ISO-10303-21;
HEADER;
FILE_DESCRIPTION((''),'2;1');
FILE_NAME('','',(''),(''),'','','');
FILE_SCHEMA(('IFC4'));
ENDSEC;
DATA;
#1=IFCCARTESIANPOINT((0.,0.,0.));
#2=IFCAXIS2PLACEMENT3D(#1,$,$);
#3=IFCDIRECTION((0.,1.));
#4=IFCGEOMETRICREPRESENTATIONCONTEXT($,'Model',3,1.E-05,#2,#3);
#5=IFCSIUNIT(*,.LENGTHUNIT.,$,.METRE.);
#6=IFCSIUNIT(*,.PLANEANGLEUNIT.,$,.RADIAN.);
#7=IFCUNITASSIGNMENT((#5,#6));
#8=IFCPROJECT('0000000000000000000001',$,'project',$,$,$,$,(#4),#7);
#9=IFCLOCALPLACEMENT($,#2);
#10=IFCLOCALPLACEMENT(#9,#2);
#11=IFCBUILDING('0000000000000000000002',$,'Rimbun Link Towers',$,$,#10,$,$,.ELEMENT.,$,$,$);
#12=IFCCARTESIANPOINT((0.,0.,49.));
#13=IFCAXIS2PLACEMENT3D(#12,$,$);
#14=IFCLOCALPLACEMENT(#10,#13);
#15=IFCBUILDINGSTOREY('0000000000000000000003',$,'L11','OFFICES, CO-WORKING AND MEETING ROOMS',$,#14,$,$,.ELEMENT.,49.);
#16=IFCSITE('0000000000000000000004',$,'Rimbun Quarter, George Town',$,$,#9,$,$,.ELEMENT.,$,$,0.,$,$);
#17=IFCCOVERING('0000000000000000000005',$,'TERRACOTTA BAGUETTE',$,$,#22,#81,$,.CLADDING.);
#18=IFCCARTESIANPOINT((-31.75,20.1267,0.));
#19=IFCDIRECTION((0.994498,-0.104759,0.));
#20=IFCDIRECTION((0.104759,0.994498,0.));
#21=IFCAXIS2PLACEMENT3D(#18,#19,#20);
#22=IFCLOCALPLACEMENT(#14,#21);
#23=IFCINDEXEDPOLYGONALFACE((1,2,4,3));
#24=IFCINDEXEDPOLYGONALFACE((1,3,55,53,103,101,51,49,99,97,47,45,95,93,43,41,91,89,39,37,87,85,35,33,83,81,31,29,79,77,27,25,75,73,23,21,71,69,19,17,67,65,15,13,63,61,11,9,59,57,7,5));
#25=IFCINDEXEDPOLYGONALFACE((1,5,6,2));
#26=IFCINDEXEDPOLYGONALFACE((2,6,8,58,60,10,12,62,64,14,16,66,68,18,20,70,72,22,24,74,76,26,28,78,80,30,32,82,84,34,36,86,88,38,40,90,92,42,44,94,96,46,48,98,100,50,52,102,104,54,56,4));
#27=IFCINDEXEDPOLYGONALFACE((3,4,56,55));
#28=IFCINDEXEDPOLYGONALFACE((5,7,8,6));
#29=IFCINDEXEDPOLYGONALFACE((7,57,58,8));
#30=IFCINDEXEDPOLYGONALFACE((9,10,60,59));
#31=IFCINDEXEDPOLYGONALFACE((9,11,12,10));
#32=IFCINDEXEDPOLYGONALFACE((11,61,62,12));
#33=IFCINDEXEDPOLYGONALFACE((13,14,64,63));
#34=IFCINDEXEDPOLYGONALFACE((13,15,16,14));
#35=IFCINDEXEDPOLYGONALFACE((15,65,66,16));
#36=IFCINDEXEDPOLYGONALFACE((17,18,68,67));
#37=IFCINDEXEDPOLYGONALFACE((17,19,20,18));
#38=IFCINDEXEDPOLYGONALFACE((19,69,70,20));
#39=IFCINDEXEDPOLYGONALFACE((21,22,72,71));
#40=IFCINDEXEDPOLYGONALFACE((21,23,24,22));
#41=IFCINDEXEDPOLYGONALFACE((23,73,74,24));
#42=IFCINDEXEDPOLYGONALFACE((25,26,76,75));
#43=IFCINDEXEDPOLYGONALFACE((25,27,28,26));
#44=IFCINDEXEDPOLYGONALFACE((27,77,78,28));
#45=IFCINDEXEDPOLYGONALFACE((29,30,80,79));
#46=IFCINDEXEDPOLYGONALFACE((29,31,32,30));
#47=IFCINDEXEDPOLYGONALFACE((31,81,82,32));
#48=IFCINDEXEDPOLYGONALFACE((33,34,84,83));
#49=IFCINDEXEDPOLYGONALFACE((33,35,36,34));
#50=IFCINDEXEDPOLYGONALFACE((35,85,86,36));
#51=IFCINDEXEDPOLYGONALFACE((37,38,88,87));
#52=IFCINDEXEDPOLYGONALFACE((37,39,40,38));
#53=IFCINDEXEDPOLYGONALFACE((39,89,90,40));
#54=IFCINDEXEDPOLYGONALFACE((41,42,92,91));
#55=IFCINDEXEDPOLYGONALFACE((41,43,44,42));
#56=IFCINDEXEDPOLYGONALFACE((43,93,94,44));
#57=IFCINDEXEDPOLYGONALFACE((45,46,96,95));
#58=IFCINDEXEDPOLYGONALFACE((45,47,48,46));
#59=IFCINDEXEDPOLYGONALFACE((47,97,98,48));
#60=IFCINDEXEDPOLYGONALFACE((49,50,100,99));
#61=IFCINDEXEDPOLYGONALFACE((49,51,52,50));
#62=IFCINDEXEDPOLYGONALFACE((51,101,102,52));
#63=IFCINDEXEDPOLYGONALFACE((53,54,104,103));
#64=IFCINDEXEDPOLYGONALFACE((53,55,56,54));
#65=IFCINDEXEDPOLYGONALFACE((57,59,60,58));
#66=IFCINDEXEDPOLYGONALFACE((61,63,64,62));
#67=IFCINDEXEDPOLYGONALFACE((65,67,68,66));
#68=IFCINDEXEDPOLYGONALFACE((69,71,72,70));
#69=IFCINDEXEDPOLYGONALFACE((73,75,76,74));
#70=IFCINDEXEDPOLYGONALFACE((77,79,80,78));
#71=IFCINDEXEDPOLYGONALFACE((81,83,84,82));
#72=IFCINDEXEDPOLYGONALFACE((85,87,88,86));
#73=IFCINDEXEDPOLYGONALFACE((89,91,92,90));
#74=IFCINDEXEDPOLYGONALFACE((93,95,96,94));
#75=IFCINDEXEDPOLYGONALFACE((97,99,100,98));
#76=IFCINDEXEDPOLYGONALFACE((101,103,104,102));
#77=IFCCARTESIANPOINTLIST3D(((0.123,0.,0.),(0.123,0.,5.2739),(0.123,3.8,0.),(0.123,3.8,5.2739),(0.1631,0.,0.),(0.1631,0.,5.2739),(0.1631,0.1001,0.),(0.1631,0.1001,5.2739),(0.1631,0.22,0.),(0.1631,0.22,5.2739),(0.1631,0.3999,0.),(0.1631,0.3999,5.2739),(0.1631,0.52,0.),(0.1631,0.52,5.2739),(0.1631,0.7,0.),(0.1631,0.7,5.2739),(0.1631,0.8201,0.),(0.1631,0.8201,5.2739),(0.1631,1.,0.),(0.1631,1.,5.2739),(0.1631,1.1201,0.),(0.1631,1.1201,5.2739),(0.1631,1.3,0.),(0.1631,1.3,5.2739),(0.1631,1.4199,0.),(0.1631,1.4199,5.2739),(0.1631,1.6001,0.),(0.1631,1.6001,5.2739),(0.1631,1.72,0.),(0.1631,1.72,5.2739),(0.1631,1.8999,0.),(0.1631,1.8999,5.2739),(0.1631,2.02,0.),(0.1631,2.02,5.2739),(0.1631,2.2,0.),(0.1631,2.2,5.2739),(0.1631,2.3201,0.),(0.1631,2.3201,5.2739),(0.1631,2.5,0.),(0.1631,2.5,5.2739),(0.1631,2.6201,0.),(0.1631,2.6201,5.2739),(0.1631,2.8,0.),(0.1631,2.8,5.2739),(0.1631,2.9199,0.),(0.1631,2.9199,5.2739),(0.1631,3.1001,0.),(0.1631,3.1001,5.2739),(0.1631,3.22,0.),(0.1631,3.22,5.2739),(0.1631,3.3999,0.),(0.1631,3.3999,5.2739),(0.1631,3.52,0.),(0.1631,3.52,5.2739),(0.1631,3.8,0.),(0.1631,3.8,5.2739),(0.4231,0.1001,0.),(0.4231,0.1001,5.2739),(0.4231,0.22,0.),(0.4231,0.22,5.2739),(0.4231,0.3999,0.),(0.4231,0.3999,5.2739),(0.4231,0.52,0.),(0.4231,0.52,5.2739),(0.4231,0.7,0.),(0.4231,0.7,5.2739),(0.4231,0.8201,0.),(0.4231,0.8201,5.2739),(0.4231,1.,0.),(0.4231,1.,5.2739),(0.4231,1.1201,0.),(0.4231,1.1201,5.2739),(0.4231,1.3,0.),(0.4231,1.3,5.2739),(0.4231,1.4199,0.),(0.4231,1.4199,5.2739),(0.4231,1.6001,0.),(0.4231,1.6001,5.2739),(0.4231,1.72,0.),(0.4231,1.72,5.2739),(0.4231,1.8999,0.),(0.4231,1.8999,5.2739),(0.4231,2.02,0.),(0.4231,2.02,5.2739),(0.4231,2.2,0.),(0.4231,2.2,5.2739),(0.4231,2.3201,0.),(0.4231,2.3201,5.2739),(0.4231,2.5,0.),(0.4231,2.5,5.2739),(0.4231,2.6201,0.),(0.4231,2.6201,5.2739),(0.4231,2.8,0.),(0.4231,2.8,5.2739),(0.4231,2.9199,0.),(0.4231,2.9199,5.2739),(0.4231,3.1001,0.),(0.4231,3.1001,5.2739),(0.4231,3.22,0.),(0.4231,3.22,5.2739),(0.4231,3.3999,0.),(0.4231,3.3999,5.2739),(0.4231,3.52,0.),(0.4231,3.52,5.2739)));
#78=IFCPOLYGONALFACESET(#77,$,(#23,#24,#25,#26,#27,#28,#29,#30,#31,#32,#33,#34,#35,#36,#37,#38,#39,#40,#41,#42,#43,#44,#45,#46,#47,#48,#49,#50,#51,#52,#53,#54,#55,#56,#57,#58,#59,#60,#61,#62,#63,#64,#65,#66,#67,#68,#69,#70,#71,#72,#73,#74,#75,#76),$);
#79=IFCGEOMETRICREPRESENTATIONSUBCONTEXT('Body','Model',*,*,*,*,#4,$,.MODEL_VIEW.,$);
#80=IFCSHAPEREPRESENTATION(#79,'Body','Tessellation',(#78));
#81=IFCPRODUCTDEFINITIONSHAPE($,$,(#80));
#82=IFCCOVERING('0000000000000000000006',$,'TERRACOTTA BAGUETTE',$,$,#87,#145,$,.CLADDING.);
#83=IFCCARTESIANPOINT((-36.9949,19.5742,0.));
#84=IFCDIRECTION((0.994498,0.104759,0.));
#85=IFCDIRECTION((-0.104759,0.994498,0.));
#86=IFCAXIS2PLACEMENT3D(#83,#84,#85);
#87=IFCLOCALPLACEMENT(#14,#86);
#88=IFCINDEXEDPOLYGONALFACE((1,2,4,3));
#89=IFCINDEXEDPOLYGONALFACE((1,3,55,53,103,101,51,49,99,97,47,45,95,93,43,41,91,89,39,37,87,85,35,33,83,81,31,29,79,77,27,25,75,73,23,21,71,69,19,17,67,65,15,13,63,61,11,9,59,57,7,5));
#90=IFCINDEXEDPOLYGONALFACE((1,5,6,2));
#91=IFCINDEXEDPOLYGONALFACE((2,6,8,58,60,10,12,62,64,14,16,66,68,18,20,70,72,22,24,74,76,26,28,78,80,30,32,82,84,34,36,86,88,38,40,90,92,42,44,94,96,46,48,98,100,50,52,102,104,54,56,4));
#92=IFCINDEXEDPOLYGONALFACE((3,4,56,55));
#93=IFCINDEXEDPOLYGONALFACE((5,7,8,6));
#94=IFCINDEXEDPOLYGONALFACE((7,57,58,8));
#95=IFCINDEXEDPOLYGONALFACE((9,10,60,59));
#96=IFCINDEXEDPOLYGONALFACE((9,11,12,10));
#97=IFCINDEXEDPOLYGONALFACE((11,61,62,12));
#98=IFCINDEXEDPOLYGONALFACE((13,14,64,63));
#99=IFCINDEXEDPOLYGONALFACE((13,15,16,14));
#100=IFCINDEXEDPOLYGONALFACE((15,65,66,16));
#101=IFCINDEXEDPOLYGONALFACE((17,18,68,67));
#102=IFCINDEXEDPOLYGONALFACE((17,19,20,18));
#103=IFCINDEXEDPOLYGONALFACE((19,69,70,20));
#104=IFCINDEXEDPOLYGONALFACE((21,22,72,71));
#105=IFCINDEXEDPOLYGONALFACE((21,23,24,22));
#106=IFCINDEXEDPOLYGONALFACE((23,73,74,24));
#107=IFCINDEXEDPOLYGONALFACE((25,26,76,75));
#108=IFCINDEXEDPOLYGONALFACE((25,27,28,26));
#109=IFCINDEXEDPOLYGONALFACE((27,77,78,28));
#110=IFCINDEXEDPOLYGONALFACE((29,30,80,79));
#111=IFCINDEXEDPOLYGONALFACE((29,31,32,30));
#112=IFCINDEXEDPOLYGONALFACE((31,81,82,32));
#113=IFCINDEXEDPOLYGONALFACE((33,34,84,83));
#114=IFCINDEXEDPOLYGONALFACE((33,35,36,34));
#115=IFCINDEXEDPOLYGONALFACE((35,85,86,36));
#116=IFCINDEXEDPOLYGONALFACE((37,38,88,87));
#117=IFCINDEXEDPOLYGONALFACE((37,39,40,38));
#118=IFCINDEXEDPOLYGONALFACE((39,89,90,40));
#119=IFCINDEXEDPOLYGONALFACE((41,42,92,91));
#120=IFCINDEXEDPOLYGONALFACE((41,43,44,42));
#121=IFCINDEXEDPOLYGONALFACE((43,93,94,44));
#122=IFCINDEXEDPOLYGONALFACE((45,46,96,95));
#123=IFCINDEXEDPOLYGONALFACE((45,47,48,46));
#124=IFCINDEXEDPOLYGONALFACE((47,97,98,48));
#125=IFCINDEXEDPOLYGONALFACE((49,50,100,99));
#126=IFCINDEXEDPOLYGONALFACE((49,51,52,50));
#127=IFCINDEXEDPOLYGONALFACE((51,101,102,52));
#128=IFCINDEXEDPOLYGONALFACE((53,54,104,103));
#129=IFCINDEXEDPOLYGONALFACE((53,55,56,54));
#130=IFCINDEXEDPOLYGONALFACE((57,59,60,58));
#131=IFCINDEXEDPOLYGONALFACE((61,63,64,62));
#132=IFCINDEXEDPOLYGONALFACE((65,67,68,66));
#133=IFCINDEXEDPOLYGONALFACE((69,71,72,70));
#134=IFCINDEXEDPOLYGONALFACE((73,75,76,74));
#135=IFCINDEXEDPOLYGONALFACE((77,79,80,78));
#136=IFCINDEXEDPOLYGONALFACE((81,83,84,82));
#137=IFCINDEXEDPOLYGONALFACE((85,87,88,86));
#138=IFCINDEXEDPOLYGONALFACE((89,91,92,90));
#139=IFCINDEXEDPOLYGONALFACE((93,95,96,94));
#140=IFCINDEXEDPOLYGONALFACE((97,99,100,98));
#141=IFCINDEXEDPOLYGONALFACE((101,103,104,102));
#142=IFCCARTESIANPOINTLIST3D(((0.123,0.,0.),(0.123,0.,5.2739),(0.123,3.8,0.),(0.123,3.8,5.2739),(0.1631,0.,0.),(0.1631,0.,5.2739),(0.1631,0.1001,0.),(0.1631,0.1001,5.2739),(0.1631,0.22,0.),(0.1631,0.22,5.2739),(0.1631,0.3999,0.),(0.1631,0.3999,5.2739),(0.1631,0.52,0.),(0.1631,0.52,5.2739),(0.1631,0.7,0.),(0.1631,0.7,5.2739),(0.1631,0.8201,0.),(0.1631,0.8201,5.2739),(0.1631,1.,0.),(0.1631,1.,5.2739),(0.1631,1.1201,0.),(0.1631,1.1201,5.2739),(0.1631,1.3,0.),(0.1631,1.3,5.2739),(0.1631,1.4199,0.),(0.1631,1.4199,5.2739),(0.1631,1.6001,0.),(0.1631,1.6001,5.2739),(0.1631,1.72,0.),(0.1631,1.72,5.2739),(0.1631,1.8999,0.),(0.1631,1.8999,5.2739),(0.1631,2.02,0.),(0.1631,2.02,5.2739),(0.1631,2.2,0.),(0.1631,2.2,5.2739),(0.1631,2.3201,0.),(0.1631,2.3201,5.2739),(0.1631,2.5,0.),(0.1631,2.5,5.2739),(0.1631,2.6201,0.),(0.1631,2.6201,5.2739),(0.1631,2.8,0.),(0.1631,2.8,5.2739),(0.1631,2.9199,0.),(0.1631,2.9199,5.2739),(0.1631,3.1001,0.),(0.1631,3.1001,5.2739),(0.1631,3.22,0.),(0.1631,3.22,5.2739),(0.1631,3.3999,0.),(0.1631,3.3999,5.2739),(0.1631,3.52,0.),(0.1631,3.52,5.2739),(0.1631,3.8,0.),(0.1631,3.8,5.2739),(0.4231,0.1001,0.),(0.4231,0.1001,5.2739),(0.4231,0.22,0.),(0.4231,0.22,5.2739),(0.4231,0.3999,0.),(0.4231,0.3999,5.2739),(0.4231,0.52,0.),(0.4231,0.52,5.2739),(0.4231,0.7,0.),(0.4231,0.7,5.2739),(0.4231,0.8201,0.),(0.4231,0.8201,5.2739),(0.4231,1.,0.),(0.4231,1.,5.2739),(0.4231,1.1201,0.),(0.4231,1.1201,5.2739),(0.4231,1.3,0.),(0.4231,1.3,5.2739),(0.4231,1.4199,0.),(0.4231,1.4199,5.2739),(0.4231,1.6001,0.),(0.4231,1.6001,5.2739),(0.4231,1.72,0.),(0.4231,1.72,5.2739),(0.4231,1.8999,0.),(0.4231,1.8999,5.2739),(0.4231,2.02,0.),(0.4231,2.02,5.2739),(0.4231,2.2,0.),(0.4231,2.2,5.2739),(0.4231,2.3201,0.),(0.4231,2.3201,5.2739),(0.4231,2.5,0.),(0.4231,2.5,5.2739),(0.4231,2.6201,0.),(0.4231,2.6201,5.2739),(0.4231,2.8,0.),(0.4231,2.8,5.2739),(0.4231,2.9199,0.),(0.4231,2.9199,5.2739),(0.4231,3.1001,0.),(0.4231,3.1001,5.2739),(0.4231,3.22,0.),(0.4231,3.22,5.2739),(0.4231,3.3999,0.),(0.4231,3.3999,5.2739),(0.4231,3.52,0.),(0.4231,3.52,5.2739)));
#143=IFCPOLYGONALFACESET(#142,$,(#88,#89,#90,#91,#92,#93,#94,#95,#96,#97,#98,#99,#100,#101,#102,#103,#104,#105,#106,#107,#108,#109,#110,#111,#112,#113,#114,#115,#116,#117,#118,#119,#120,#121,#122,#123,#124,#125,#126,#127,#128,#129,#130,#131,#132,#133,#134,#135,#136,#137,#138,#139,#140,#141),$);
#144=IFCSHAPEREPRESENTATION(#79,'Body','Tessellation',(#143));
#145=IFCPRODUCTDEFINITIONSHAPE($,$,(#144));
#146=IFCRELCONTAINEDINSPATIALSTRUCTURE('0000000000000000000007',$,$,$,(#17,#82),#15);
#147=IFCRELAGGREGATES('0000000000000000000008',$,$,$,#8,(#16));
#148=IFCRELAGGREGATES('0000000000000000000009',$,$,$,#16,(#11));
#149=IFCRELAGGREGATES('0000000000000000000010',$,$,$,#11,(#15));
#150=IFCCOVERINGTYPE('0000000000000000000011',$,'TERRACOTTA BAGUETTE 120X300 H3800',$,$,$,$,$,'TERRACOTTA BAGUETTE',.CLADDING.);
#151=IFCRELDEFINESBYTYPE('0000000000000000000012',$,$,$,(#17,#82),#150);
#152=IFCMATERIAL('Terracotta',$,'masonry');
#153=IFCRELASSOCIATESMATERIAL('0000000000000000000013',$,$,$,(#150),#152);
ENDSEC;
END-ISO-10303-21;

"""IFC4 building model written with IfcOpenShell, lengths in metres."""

from ifc_helpers import new_model, si_unit, direction, frame, origin, place, context, subcontext, project, spatial, polyline, outline, extrude, material, material_profile, profile_set, type_object, element, save


model = new_model("IFC4")

# Units and contexts
model_context = context("Model", 3, precision=1e-05, world=origin(), true_north=direction((0.0, 1.0)))
body_context = subcontext(model_context, "Body", "Model", "MODEL_VIEW")
ifc_project = project(units=[si_unit("LENGTHUNIT", "METRE"), si_unit("PLANEANGLEUNIT", "RADIAN")], contexts=[model_context])

# Site, building, storey
site_placement = place(None, origin())
site = spatial("IfcSite", under=ifc_project, at=site_placement, Name="Rimbun Quarter, George Town", CompositionType="ELEMENT", RefElevation=0.0)
building_placement = place(site_placement, origin())
building = spatial("IfcBuilding", under=site, at=building_placement, Name="Rimbun Link Towers", CompositionType="ELEMENT")
storey_placement = place(building_placement, frame((0.0, 0.0, 49.0)))
storey = spatial("IfcBuildingStorey", under=building, at=storey_placement, Name="L11", Description="OFFICES, CO-WORKING AND MEETING ROOMS", CompositionType="ELEMENT", Elevation=49.0)

# Coverings
ifc_material_1 = material(Name="Terracotta", Category="masonry")
ifc_material_profile_1 = material_profile(ifc_material_1, outline(polyline([(0.123, 0.0), (0.1631, 0.0), (0.1631, 0.1001), (0.4231, 0.1001), (0.4231, 0.22), (0.1631, 0.22), (0.1631, 0.3999), (0.4231, 0.3999), (0.4231, 0.52), (0.1631, 0.52), (0.1631, 0.7), (0.4231, 0.7), (0.4231, 0.8201), (0.1631, 0.8201), (0.1631, 1.0), (0.4231, 1.0), (0.4231, 1.1201), (0.1631, 1.1201), (0.1631, 1.3), (0.4231, 1.3), (0.4231, 1.4199), (0.1631, 1.4199), (0.1631, 1.6001), (0.4231, 1.6001), (0.4231, 1.72), (0.1631, 1.72), (0.1631, 1.8999), (0.4231, 1.8999), (0.4231, 2.02), (0.1631, 2.02), (0.1631, 2.2), (0.4231, 2.2), (0.4231, 2.3201), (0.1631, 2.3201), (0.1631, 2.5), (0.4231, 2.5), (0.4231, 2.6201), (0.1631, 2.6201), (0.1631, 2.8), (0.4231, 2.8), (0.4231, 2.9199), (0.1631, 2.9199), (0.1631, 3.1001), (0.4231, 3.1001), (0.4231, 3.22), (0.1631, 3.22), (0.1631, 3.3999), (0.4231, 3.3999), (0.4231, 3.52), (0.1631, 3.52), (0.1631, 3.8), (0.123, 3.8), (0.123, 0.0)])), Name="BAGUETTE 120X300")
ifc_profile_set_1 = profile_set([ifc_material_profile_1], Name="Terracotta")
covering_type = type_object("IfcCoveringType", Name="TERRACOTTA BAGUETTE 120X300 H3800", ElementType="TERRACOTTA BAGUETTE", PredefinedType="CLADDING", material=ifc_profile_set_1)
for number, where, z_axis, x_axis, name in (
    (1, (-31.75, 20.1267, 0.0), (0.994498, -0.104759, 0.0), (0.104759, 0.994498, 0.0), "TERRACOTTA BAGUETTE"),
    (2, (-36.9949, 19.5742, 0.0), (0.994498, 0.104759, 0.0), (-0.104759, 0.994498, 0.0), "TERRACOTTA BAGUETTE"),
):
    element("IfcCovering", number, at=place(storey_placement, frame(where, z_axis=z_axis, x_axis=x_axis)), inside=storey, type_object=covering_type, Name=name, PredefinedType="CLADDING", context=body_context, shape_type="SweptSolid", body=[
        extrude(outline(polyline([(0.123, 0.0), (0.1631, 0.0), (0.1631, 0.1001), (0.4231, 0.1001), (0.4231, 0.22), (0.1631, 0.22), (0.1631, 0.3999), (0.4231, 0.3999), (0.4231, 0.52), (0.1631, 0.52), (0.1631, 0.7), (0.4231, 0.7), (0.4231, 0.8201), (0.1631, 0.8201), (0.1631, 1.0), (0.4231, 1.0), (0.4231, 1.1201), (0.1631, 1.1201), (0.1631, 1.3), (0.4231, 1.3), (0.4231, 1.4199), (0.1631, 1.4199), (0.1631, 1.6001), (0.4231, 1.6001), (0.4231, 1.72), (0.1631, 1.72), (0.1631, 1.8999), (0.4231, 1.8999), (0.4231, 2.02), (0.1631, 2.02), (0.1631, 2.2), (0.4231, 2.2), (0.4231, 2.3201), (0.1631, 2.3201), (0.1631, 2.5), (0.4231, 2.5), (0.4231, 2.6201), (0.1631, 2.6201), (0.1631, 2.8), (0.4231, 2.8), (0.4231, 2.9199), (0.1631, 2.9199), (0.1631, 3.1001), (0.4231, 3.1001), (0.4231, 3.22), (0.1631, 3.22), (0.1631, 3.3999), (0.4231, 3.3999), (0.4231, 3.52), (0.1631, 3.52), (0.1631, 3.8), (0.123, 3.8), (0.123, 0.0)])), origin(), (0.0, 0.0, 1.0), 5.2739),
    ])

save(model, "model.ifc")
